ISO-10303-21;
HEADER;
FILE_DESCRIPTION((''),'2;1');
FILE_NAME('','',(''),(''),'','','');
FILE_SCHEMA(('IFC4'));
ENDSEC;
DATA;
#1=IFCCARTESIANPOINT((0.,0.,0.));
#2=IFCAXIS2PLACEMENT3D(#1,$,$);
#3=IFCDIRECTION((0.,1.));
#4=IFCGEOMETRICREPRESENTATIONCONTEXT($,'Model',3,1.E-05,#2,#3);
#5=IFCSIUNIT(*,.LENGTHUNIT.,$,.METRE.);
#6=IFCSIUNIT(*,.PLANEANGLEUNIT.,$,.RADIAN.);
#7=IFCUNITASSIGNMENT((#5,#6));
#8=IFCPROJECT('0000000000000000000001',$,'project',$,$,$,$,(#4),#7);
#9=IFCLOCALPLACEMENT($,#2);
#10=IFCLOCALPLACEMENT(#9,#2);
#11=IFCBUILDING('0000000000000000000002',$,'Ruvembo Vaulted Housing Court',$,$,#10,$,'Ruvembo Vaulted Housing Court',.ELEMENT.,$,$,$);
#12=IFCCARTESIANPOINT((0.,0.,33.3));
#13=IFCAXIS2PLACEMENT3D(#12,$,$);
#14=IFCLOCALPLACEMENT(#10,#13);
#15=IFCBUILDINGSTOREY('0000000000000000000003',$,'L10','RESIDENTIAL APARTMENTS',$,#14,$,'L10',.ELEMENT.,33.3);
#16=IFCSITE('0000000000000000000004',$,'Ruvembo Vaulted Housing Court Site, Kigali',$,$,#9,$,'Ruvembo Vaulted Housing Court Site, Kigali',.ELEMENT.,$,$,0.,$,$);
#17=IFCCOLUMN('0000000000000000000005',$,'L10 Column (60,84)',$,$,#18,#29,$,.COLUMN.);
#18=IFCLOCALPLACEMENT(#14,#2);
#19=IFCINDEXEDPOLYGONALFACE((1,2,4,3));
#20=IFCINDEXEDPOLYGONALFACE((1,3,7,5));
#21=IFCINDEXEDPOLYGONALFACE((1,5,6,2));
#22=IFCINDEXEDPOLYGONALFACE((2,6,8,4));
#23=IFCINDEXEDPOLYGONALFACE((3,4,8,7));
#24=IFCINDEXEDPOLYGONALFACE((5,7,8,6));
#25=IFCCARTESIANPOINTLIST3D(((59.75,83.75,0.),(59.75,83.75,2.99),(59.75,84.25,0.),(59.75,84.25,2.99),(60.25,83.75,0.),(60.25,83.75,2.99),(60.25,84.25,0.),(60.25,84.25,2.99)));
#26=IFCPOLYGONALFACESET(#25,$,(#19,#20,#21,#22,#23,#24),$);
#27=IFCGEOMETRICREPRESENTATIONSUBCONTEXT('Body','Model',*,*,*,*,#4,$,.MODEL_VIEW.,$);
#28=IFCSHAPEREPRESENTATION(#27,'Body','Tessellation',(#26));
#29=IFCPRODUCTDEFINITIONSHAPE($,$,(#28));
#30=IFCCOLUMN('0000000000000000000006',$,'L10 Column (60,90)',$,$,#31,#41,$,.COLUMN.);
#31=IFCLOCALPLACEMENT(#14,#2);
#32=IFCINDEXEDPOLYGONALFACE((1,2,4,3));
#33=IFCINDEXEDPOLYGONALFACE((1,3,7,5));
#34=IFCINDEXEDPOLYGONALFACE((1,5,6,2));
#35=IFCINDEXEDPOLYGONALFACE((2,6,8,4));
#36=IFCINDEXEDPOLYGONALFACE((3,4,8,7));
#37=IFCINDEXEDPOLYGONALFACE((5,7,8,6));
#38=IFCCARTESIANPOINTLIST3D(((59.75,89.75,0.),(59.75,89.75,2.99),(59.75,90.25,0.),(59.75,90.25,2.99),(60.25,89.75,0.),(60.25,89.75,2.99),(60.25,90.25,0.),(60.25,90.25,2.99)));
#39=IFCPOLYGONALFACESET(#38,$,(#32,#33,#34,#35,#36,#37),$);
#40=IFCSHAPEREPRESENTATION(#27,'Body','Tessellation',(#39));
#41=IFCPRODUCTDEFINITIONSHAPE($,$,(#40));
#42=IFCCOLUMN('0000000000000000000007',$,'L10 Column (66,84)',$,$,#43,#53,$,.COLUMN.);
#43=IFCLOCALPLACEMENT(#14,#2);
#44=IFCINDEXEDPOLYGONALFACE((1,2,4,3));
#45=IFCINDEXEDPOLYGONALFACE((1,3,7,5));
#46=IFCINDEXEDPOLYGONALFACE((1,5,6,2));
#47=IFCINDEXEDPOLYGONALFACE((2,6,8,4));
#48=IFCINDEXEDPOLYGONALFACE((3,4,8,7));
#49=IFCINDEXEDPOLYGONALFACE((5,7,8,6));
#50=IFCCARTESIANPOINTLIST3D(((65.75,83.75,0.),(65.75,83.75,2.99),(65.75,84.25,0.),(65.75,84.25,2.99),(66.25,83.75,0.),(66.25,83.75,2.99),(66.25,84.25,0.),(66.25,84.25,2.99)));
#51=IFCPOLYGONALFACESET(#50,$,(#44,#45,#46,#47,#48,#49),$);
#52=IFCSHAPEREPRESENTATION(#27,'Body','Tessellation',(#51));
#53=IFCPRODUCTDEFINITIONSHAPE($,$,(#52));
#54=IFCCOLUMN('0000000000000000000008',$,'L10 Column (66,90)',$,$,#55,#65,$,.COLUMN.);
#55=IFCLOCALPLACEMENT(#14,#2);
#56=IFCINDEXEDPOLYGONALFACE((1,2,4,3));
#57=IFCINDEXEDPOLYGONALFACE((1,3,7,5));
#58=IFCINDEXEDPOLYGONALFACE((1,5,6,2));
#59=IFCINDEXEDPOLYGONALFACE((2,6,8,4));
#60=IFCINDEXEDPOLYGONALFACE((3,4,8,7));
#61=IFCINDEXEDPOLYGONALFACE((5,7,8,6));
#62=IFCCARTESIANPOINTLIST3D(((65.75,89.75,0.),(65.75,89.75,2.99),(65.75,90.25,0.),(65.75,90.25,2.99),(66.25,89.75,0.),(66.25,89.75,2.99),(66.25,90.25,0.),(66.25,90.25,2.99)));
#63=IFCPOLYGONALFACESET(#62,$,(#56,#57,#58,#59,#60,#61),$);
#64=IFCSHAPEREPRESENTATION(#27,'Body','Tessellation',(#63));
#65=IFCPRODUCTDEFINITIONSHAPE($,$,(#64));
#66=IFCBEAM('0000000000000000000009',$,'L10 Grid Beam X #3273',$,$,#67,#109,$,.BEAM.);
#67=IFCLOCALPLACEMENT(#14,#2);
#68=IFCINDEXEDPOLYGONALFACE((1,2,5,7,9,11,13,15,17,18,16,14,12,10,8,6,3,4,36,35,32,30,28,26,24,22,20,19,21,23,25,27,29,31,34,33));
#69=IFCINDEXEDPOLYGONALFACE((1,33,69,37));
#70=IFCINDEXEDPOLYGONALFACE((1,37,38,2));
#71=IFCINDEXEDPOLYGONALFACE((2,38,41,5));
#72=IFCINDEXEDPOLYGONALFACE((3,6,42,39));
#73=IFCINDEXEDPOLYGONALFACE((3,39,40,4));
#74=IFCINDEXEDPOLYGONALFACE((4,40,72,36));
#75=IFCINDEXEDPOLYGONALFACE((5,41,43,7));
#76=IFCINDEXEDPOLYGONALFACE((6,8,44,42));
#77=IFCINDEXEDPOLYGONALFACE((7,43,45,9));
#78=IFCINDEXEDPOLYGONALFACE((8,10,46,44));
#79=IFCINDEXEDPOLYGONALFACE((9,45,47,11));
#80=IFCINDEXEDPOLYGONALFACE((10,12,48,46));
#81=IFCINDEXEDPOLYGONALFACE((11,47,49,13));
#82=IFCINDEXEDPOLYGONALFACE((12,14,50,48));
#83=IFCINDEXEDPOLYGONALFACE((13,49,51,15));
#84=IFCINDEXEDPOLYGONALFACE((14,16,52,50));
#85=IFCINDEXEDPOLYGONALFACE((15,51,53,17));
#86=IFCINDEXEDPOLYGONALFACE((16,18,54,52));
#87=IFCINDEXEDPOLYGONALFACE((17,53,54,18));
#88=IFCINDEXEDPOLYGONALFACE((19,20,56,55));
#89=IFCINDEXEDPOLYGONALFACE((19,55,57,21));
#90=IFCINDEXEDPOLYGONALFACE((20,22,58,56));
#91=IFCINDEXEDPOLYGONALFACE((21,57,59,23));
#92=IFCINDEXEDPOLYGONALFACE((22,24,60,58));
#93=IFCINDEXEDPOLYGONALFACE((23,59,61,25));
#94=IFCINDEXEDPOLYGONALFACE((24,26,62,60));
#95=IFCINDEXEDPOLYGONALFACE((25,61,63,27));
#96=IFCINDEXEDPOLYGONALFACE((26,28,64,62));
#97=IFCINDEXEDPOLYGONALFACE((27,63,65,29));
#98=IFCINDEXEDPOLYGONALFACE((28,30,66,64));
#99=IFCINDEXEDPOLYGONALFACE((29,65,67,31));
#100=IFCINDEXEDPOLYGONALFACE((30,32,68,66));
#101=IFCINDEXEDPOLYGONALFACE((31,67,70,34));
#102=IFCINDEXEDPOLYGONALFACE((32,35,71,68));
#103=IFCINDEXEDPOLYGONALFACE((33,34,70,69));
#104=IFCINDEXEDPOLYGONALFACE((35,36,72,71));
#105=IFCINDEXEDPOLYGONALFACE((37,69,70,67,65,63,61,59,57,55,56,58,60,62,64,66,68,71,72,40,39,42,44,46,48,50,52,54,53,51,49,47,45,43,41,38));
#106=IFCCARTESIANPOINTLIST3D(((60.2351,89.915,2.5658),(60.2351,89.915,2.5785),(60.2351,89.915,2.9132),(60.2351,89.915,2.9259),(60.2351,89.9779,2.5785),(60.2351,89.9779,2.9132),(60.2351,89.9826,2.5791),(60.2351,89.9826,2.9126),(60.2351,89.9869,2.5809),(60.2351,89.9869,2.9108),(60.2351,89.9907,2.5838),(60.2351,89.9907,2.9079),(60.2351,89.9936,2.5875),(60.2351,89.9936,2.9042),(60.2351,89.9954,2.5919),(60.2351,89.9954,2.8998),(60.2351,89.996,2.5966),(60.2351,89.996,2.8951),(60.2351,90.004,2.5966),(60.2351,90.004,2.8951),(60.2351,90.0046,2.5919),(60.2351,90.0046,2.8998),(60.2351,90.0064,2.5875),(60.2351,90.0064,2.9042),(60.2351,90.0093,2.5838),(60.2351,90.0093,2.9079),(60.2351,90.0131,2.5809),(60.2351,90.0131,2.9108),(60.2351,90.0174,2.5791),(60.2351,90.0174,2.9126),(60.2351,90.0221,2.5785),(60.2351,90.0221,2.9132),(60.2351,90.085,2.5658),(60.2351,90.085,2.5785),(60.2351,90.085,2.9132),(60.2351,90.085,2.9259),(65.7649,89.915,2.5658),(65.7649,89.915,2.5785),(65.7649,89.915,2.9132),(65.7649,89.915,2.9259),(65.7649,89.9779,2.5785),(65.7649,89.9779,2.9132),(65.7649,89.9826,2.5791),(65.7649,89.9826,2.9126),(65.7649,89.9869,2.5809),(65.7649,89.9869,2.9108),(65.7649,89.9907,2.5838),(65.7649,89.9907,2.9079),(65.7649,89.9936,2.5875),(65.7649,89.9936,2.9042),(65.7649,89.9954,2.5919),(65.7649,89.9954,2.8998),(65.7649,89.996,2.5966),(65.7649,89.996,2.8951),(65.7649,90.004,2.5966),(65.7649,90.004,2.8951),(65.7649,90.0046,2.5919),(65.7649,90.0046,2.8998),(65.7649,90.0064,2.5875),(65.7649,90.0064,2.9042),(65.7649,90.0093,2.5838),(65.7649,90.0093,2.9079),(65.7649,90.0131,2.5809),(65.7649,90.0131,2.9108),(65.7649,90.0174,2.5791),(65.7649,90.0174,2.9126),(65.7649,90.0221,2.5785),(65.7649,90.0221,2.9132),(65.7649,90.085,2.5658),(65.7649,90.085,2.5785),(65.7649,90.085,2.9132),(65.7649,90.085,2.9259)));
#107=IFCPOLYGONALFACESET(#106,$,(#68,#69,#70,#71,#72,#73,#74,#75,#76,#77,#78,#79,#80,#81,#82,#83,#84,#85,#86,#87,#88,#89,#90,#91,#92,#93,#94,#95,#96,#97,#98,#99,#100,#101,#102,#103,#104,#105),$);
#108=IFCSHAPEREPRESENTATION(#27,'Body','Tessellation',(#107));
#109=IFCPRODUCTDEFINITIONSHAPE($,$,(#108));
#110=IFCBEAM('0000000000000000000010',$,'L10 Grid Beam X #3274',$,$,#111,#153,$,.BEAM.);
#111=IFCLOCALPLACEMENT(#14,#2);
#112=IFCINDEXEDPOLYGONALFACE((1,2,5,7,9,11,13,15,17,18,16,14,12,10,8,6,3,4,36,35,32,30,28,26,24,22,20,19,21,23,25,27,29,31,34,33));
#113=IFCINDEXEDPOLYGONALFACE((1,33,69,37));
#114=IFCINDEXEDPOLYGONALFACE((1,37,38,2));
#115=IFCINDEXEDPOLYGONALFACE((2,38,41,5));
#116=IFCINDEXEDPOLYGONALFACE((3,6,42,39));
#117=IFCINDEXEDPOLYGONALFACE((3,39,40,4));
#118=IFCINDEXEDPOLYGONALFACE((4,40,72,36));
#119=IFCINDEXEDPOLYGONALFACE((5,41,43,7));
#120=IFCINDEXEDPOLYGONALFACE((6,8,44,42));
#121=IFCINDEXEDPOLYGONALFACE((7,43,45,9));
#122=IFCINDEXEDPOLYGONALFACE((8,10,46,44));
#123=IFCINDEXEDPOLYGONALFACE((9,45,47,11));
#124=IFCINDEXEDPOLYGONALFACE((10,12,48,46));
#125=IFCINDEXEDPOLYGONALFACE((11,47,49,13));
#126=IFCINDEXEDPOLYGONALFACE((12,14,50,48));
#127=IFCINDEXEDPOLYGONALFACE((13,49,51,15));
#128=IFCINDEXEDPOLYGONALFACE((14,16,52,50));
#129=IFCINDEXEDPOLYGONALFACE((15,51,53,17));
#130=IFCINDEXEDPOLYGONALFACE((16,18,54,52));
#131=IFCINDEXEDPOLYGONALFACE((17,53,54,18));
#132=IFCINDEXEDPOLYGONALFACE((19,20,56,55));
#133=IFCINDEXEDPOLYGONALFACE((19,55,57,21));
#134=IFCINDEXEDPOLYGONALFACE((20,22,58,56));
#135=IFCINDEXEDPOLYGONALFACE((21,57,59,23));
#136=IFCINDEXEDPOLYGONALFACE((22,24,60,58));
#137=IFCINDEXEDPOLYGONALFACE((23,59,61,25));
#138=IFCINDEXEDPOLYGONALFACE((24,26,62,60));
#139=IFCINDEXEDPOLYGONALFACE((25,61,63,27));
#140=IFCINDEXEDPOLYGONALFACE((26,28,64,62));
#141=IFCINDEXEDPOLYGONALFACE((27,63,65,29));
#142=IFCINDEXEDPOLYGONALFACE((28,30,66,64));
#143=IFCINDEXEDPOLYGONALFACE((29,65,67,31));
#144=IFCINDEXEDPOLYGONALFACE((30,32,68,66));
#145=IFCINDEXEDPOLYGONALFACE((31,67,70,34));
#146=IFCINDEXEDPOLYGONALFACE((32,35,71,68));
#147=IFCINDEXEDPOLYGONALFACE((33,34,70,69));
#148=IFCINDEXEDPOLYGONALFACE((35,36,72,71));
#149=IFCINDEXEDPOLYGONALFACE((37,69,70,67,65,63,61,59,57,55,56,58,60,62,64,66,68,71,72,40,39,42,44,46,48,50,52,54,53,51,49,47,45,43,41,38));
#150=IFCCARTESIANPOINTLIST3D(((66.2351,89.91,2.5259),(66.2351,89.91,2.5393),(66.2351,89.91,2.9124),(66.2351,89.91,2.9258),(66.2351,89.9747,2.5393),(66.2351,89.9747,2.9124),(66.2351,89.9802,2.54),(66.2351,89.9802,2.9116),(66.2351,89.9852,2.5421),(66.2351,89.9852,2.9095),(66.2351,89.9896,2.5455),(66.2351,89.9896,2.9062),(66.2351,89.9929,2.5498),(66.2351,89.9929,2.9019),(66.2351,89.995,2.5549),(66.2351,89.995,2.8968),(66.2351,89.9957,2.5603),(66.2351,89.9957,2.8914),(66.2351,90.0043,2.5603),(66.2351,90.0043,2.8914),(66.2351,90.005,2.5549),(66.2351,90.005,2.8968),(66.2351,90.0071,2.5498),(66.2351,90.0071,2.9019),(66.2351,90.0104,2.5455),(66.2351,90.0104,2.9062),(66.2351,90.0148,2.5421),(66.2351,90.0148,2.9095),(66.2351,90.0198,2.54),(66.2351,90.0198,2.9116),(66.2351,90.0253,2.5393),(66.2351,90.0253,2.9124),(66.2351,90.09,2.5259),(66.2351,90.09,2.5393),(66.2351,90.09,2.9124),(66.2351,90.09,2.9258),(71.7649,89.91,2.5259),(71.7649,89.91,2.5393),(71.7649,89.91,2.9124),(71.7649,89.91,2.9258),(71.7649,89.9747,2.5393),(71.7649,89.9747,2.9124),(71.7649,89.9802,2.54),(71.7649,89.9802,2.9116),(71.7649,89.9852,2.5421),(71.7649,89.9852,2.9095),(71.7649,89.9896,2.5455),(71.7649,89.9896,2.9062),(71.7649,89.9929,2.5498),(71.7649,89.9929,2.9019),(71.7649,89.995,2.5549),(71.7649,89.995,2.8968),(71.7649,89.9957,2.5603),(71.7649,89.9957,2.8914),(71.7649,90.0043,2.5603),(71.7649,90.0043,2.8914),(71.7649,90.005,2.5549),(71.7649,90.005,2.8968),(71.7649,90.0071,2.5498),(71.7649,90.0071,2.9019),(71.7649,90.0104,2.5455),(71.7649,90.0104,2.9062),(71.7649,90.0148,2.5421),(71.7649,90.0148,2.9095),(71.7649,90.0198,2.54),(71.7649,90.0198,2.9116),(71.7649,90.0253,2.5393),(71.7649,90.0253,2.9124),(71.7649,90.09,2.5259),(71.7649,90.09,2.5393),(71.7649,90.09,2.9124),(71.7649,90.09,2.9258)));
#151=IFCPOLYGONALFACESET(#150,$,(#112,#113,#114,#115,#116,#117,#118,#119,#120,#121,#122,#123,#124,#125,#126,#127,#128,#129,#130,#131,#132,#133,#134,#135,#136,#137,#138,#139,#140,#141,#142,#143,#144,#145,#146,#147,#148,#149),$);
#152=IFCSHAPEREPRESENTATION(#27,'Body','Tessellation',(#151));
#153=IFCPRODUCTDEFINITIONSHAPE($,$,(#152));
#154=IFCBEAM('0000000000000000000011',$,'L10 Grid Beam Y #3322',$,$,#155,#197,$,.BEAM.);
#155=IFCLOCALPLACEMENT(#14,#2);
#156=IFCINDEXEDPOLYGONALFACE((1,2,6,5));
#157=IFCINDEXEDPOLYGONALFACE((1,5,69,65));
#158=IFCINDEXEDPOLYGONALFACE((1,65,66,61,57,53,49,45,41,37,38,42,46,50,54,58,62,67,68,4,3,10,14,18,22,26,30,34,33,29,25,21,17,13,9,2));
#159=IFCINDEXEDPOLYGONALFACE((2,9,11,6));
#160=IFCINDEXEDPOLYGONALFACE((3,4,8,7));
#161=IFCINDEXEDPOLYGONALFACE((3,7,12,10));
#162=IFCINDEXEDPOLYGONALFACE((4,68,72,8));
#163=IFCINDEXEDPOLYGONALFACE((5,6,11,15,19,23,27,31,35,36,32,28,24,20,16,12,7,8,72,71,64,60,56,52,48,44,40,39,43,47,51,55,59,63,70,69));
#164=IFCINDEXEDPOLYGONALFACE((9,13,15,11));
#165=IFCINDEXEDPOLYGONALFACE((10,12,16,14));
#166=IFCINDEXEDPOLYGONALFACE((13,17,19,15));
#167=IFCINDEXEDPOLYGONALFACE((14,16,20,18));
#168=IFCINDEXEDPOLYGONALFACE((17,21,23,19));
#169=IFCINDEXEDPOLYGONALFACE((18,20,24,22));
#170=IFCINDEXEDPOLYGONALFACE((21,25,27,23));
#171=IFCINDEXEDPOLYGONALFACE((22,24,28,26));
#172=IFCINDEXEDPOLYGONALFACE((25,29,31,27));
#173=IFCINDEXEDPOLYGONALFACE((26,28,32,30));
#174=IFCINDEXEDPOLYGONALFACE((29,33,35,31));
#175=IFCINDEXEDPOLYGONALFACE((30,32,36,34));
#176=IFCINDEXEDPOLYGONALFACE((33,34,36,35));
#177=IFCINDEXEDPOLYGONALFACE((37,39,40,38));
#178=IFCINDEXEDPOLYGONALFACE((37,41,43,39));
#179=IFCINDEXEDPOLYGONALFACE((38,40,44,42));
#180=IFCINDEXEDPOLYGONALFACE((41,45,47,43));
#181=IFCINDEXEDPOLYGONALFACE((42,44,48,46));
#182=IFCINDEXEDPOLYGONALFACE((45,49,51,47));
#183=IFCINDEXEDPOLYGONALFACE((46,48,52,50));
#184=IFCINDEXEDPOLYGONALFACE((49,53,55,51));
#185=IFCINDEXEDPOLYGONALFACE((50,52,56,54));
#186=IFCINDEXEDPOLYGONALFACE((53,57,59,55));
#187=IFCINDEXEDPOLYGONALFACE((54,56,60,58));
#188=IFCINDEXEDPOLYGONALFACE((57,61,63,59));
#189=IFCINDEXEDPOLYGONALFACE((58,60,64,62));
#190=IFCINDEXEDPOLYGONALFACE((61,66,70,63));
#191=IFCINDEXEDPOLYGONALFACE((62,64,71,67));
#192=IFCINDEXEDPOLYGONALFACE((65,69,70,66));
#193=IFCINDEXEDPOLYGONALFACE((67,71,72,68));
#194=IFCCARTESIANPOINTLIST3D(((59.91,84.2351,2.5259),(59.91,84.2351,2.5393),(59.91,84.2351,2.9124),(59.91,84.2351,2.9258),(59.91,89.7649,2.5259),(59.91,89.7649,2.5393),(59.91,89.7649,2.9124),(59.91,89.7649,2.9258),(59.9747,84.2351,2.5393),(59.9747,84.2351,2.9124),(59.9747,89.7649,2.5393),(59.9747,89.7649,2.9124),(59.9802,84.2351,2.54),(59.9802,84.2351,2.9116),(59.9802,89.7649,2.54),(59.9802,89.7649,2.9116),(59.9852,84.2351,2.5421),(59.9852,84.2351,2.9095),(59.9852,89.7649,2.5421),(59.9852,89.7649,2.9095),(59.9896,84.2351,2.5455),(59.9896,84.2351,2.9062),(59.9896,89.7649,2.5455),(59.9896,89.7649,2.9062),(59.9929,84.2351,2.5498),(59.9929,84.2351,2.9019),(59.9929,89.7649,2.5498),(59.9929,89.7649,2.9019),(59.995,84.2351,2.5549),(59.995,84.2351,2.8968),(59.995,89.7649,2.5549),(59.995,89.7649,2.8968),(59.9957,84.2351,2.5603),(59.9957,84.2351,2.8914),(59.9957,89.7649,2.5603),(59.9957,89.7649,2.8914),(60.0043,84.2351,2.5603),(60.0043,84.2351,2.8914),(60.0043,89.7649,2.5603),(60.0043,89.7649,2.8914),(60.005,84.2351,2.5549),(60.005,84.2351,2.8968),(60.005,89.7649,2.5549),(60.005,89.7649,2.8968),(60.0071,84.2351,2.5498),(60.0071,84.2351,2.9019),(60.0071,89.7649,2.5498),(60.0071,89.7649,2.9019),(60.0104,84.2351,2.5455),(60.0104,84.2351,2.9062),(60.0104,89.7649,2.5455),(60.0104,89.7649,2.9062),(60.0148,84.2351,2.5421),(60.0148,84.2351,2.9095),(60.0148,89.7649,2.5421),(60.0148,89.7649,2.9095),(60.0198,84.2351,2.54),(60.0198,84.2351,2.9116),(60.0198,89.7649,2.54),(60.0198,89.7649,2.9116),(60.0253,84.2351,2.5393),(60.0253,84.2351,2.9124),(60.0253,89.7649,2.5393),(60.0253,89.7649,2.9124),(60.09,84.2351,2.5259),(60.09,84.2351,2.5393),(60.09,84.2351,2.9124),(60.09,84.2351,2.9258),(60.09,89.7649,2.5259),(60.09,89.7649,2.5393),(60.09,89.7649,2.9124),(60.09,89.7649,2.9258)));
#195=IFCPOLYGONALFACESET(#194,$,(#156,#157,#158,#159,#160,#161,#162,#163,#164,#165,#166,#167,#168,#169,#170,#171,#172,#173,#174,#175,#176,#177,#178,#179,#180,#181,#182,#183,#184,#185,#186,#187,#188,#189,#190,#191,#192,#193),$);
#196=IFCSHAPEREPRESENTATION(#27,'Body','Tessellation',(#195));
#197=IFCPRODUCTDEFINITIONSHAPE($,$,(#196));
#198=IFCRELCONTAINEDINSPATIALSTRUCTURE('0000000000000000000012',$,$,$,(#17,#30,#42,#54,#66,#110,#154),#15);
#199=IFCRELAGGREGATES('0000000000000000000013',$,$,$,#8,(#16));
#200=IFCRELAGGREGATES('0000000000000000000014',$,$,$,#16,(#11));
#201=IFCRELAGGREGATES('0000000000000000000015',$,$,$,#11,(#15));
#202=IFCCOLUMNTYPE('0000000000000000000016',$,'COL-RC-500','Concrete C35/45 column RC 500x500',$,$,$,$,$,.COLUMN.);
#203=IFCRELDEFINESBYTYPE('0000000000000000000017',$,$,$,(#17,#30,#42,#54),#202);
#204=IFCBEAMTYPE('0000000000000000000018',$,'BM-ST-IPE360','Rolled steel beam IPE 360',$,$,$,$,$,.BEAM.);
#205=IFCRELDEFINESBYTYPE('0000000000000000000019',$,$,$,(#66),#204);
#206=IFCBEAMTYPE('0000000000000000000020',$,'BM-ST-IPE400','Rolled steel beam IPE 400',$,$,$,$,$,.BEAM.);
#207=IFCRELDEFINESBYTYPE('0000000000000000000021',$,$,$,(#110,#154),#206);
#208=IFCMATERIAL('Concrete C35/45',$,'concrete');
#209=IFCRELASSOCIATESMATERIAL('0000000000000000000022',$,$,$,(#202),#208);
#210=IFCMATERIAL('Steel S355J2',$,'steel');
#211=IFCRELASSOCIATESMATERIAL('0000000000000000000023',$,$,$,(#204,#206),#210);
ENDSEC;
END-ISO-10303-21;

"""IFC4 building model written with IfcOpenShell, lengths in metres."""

from ifc_helpers import new_model, si_unit, direction, frame, origin, origin_2d, place, context, subcontext, project, spatial, rectangle, i_section, extrude, material, material_profile, profile_set, type_object, element, save


model = new_model("IFC4")

# Units and contexts
model_context = context("Model", 3, precision=1e-05, world=origin(), true_north=direction((0.0, 1.0)))
body_context = subcontext(model_context, "Body", "Model", "MODEL_VIEW")
ifc_project = project(units=[si_unit("LENGTHUNIT", "METRE"), si_unit("PLANEANGLEUNIT", "RADIAN")], contexts=[model_context])

# Site, building, storey
site_placement = place(None, origin())
site = spatial("IfcSite", under=ifc_project, at=site_placement, Name="Ruvembo Vaulted Housing Court Site, Kigali", LongName="Ruvembo Vaulted Housing Court Site, Kigali", CompositionType="ELEMENT", RefElevation=0.0)
building_placement = place(site_placement, origin())
building = spatial("IfcBuilding", under=site, at=building_placement, Name="Ruvembo Vaulted Housing Court", LongName="Ruvembo Vaulted Housing Court", CompositionType="ELEMENT")
storey_placement = place(building_placement, frame((0.0, 0.0, 33.3)))
storey = spatial("IfcBuildingStorey", under=building, at=storey_placement, Name="L10", Description="RESIDENTIAL APARTMENTS", LongName="L10", CompositionType="ELEMENT", Elevation=33.3)

# Columns
ifc_material_1 = material(Name="Concrete C35/45", Category="concrete")
ifc_material_profile_1 = material_profile(ifc_material_1, rectangle(XDim=0.5, YDim=0.5, at=origin_2d()), Name="RC 500x500")
ifc_profile_set_1 = profile_set([ifc_material_profile_1], Name="Concrete C35/45")
column_type = type_object("IfcColumnType", Name="COL-RC-500", Description="Concrete C35/45 column RC 500x500", PredefinedType="COLUMN", material=ifc_profile_set_1)
for number, where, z_axis, x_axis, name in (
    (1, (60.0, 84.0, 0.0), (0.0, 0.0, 1.0), (1.0, 0.0, 0.0), "L10 Column (60,84)"),
    (2, (60.0, 90.0, 0.0), (0.0, 0.0, 1.0), (1.0, 0.0, 0.0), "L10 Column (60,90)"),
    (3, (66.0, 84.0, 0.0), (0.0, 0.0, 1.0), (1.0, 0.0, 0.0), "L10 Column (66,84)"),
    (4, (66.0, 90.0, 0.0), (0.0, 0.0, 1.0), (1.0, 0.0, 0.0), "L10 Column (66,90)"),
):
    element("IfcColumn", number, at=place(storey_placement, frame(where, z_axis=z_axis, x_axis=x_axis)), inside=storey, type_object=column_type, Name=name, PredefinedType="COLUMN", context=body_context, shape_type="SweptSolid", body=[
        extrude(rectangle(XDim=0.5, YDim=0.5, at=origin_2d()), origin(), (0.0, 0.0, 1.0), 2.99),
    ])

# Beams
ifc_material_2 = material(Name="Steel S355J2", Category="steel")
ifc_material_profile_2 = material_profile(ifc_material_2, i_section(OverallWidth=0.1699, OverallDepth=0.3601, WebThickness=0.0081, FlangeThickness=0.0127, FilletRadius=0.0181, at=origin_2d()), Name="IPE 360")
ifc_profile_set_2 = profile_set([ifc_material_profile_2], Name="Steel S355J2")
beam_type_1 = type_object("IfcBeamType", Name="BM-ST-IPE360", Description="Rolled steel beam IPE 360", PredefinedType="BEAM", material=ifc_profile_set_2)
beam_1_placement = place(storey_placement, frame((60.2351, 90.0, 2.7458), z_axis=(1.0, 0.0, 0.0), x_axis=(0.0, 1.0, 0.0)))
element("IfcBeam", 5, at=beam_1_placement, inside=storey, type_object=beam_type_1, Name="L10 Grid Beam X #3273", PredefinedType="BEAM", context=body_context, shape_type="SweptSolid", body=[
    extrude(i_section(OverallWidth=0.1699, OverallDepth=0.3601, WebThickness=0.0081, FlangeThickness=0.0127, FilletRadius=0.0181, at=origin_2d()), origin(), (0.0, 0.0, 1.0), 5.5298),
])
ifc_material_profile_3 = material_profile(ifc_material_2, i_section(OverallWidth=0.1799, OverallDepth=0.3999, WebThickness=0.0085, FlangeThickness=0.0134, FilletRadius=0.021, at=origin_2d()), Name="IPE 400")
ifc_profile_set_3 = profile_set([ifc_material_profile_3], Name="Steel S355J2")
beam_type_2 = type_object("IfcBeamType", Name="BM-ST-IPE400", Description="Rolled steel beam IPE 400", PredefinedType="BEAM", material=ifc_profile_set_3)
for number, where, z_axis, x_axis, name in (
    (6, (66.2351, 90.0, 2.7258), (1.0, 0.0, 0.0), (0.0, 1.0, 0.0), "L10 Grid Beam X #3274"),
    (7, (60.0, 84.2351, 2.7258), (0.0, 1.0, 0.0), (-1.0, 0.0, 0.0), "L10 Grid Beam Y #3322"),
):
    element("IfcBeam", number, at=place(storey_placement, frame(where, z_axis=z_axis, x_axis=x_axis)), inside=storey, type_object=beam_type_2, Name=name, PredefinedType="BEAM", context=body_context, shape_type="SweptSolid", body=[
        extrude(i_section(OverallWidth=0.1799, OverallDepth=0.3999, WebThickness=0.0085, FlangeThickness=0.0134, FilletRadius=0.021, at=origin_2d()), origin(), (0.0, 0.0, 1.0), 5.5298),
    ])

save(model, "model.ifc")
